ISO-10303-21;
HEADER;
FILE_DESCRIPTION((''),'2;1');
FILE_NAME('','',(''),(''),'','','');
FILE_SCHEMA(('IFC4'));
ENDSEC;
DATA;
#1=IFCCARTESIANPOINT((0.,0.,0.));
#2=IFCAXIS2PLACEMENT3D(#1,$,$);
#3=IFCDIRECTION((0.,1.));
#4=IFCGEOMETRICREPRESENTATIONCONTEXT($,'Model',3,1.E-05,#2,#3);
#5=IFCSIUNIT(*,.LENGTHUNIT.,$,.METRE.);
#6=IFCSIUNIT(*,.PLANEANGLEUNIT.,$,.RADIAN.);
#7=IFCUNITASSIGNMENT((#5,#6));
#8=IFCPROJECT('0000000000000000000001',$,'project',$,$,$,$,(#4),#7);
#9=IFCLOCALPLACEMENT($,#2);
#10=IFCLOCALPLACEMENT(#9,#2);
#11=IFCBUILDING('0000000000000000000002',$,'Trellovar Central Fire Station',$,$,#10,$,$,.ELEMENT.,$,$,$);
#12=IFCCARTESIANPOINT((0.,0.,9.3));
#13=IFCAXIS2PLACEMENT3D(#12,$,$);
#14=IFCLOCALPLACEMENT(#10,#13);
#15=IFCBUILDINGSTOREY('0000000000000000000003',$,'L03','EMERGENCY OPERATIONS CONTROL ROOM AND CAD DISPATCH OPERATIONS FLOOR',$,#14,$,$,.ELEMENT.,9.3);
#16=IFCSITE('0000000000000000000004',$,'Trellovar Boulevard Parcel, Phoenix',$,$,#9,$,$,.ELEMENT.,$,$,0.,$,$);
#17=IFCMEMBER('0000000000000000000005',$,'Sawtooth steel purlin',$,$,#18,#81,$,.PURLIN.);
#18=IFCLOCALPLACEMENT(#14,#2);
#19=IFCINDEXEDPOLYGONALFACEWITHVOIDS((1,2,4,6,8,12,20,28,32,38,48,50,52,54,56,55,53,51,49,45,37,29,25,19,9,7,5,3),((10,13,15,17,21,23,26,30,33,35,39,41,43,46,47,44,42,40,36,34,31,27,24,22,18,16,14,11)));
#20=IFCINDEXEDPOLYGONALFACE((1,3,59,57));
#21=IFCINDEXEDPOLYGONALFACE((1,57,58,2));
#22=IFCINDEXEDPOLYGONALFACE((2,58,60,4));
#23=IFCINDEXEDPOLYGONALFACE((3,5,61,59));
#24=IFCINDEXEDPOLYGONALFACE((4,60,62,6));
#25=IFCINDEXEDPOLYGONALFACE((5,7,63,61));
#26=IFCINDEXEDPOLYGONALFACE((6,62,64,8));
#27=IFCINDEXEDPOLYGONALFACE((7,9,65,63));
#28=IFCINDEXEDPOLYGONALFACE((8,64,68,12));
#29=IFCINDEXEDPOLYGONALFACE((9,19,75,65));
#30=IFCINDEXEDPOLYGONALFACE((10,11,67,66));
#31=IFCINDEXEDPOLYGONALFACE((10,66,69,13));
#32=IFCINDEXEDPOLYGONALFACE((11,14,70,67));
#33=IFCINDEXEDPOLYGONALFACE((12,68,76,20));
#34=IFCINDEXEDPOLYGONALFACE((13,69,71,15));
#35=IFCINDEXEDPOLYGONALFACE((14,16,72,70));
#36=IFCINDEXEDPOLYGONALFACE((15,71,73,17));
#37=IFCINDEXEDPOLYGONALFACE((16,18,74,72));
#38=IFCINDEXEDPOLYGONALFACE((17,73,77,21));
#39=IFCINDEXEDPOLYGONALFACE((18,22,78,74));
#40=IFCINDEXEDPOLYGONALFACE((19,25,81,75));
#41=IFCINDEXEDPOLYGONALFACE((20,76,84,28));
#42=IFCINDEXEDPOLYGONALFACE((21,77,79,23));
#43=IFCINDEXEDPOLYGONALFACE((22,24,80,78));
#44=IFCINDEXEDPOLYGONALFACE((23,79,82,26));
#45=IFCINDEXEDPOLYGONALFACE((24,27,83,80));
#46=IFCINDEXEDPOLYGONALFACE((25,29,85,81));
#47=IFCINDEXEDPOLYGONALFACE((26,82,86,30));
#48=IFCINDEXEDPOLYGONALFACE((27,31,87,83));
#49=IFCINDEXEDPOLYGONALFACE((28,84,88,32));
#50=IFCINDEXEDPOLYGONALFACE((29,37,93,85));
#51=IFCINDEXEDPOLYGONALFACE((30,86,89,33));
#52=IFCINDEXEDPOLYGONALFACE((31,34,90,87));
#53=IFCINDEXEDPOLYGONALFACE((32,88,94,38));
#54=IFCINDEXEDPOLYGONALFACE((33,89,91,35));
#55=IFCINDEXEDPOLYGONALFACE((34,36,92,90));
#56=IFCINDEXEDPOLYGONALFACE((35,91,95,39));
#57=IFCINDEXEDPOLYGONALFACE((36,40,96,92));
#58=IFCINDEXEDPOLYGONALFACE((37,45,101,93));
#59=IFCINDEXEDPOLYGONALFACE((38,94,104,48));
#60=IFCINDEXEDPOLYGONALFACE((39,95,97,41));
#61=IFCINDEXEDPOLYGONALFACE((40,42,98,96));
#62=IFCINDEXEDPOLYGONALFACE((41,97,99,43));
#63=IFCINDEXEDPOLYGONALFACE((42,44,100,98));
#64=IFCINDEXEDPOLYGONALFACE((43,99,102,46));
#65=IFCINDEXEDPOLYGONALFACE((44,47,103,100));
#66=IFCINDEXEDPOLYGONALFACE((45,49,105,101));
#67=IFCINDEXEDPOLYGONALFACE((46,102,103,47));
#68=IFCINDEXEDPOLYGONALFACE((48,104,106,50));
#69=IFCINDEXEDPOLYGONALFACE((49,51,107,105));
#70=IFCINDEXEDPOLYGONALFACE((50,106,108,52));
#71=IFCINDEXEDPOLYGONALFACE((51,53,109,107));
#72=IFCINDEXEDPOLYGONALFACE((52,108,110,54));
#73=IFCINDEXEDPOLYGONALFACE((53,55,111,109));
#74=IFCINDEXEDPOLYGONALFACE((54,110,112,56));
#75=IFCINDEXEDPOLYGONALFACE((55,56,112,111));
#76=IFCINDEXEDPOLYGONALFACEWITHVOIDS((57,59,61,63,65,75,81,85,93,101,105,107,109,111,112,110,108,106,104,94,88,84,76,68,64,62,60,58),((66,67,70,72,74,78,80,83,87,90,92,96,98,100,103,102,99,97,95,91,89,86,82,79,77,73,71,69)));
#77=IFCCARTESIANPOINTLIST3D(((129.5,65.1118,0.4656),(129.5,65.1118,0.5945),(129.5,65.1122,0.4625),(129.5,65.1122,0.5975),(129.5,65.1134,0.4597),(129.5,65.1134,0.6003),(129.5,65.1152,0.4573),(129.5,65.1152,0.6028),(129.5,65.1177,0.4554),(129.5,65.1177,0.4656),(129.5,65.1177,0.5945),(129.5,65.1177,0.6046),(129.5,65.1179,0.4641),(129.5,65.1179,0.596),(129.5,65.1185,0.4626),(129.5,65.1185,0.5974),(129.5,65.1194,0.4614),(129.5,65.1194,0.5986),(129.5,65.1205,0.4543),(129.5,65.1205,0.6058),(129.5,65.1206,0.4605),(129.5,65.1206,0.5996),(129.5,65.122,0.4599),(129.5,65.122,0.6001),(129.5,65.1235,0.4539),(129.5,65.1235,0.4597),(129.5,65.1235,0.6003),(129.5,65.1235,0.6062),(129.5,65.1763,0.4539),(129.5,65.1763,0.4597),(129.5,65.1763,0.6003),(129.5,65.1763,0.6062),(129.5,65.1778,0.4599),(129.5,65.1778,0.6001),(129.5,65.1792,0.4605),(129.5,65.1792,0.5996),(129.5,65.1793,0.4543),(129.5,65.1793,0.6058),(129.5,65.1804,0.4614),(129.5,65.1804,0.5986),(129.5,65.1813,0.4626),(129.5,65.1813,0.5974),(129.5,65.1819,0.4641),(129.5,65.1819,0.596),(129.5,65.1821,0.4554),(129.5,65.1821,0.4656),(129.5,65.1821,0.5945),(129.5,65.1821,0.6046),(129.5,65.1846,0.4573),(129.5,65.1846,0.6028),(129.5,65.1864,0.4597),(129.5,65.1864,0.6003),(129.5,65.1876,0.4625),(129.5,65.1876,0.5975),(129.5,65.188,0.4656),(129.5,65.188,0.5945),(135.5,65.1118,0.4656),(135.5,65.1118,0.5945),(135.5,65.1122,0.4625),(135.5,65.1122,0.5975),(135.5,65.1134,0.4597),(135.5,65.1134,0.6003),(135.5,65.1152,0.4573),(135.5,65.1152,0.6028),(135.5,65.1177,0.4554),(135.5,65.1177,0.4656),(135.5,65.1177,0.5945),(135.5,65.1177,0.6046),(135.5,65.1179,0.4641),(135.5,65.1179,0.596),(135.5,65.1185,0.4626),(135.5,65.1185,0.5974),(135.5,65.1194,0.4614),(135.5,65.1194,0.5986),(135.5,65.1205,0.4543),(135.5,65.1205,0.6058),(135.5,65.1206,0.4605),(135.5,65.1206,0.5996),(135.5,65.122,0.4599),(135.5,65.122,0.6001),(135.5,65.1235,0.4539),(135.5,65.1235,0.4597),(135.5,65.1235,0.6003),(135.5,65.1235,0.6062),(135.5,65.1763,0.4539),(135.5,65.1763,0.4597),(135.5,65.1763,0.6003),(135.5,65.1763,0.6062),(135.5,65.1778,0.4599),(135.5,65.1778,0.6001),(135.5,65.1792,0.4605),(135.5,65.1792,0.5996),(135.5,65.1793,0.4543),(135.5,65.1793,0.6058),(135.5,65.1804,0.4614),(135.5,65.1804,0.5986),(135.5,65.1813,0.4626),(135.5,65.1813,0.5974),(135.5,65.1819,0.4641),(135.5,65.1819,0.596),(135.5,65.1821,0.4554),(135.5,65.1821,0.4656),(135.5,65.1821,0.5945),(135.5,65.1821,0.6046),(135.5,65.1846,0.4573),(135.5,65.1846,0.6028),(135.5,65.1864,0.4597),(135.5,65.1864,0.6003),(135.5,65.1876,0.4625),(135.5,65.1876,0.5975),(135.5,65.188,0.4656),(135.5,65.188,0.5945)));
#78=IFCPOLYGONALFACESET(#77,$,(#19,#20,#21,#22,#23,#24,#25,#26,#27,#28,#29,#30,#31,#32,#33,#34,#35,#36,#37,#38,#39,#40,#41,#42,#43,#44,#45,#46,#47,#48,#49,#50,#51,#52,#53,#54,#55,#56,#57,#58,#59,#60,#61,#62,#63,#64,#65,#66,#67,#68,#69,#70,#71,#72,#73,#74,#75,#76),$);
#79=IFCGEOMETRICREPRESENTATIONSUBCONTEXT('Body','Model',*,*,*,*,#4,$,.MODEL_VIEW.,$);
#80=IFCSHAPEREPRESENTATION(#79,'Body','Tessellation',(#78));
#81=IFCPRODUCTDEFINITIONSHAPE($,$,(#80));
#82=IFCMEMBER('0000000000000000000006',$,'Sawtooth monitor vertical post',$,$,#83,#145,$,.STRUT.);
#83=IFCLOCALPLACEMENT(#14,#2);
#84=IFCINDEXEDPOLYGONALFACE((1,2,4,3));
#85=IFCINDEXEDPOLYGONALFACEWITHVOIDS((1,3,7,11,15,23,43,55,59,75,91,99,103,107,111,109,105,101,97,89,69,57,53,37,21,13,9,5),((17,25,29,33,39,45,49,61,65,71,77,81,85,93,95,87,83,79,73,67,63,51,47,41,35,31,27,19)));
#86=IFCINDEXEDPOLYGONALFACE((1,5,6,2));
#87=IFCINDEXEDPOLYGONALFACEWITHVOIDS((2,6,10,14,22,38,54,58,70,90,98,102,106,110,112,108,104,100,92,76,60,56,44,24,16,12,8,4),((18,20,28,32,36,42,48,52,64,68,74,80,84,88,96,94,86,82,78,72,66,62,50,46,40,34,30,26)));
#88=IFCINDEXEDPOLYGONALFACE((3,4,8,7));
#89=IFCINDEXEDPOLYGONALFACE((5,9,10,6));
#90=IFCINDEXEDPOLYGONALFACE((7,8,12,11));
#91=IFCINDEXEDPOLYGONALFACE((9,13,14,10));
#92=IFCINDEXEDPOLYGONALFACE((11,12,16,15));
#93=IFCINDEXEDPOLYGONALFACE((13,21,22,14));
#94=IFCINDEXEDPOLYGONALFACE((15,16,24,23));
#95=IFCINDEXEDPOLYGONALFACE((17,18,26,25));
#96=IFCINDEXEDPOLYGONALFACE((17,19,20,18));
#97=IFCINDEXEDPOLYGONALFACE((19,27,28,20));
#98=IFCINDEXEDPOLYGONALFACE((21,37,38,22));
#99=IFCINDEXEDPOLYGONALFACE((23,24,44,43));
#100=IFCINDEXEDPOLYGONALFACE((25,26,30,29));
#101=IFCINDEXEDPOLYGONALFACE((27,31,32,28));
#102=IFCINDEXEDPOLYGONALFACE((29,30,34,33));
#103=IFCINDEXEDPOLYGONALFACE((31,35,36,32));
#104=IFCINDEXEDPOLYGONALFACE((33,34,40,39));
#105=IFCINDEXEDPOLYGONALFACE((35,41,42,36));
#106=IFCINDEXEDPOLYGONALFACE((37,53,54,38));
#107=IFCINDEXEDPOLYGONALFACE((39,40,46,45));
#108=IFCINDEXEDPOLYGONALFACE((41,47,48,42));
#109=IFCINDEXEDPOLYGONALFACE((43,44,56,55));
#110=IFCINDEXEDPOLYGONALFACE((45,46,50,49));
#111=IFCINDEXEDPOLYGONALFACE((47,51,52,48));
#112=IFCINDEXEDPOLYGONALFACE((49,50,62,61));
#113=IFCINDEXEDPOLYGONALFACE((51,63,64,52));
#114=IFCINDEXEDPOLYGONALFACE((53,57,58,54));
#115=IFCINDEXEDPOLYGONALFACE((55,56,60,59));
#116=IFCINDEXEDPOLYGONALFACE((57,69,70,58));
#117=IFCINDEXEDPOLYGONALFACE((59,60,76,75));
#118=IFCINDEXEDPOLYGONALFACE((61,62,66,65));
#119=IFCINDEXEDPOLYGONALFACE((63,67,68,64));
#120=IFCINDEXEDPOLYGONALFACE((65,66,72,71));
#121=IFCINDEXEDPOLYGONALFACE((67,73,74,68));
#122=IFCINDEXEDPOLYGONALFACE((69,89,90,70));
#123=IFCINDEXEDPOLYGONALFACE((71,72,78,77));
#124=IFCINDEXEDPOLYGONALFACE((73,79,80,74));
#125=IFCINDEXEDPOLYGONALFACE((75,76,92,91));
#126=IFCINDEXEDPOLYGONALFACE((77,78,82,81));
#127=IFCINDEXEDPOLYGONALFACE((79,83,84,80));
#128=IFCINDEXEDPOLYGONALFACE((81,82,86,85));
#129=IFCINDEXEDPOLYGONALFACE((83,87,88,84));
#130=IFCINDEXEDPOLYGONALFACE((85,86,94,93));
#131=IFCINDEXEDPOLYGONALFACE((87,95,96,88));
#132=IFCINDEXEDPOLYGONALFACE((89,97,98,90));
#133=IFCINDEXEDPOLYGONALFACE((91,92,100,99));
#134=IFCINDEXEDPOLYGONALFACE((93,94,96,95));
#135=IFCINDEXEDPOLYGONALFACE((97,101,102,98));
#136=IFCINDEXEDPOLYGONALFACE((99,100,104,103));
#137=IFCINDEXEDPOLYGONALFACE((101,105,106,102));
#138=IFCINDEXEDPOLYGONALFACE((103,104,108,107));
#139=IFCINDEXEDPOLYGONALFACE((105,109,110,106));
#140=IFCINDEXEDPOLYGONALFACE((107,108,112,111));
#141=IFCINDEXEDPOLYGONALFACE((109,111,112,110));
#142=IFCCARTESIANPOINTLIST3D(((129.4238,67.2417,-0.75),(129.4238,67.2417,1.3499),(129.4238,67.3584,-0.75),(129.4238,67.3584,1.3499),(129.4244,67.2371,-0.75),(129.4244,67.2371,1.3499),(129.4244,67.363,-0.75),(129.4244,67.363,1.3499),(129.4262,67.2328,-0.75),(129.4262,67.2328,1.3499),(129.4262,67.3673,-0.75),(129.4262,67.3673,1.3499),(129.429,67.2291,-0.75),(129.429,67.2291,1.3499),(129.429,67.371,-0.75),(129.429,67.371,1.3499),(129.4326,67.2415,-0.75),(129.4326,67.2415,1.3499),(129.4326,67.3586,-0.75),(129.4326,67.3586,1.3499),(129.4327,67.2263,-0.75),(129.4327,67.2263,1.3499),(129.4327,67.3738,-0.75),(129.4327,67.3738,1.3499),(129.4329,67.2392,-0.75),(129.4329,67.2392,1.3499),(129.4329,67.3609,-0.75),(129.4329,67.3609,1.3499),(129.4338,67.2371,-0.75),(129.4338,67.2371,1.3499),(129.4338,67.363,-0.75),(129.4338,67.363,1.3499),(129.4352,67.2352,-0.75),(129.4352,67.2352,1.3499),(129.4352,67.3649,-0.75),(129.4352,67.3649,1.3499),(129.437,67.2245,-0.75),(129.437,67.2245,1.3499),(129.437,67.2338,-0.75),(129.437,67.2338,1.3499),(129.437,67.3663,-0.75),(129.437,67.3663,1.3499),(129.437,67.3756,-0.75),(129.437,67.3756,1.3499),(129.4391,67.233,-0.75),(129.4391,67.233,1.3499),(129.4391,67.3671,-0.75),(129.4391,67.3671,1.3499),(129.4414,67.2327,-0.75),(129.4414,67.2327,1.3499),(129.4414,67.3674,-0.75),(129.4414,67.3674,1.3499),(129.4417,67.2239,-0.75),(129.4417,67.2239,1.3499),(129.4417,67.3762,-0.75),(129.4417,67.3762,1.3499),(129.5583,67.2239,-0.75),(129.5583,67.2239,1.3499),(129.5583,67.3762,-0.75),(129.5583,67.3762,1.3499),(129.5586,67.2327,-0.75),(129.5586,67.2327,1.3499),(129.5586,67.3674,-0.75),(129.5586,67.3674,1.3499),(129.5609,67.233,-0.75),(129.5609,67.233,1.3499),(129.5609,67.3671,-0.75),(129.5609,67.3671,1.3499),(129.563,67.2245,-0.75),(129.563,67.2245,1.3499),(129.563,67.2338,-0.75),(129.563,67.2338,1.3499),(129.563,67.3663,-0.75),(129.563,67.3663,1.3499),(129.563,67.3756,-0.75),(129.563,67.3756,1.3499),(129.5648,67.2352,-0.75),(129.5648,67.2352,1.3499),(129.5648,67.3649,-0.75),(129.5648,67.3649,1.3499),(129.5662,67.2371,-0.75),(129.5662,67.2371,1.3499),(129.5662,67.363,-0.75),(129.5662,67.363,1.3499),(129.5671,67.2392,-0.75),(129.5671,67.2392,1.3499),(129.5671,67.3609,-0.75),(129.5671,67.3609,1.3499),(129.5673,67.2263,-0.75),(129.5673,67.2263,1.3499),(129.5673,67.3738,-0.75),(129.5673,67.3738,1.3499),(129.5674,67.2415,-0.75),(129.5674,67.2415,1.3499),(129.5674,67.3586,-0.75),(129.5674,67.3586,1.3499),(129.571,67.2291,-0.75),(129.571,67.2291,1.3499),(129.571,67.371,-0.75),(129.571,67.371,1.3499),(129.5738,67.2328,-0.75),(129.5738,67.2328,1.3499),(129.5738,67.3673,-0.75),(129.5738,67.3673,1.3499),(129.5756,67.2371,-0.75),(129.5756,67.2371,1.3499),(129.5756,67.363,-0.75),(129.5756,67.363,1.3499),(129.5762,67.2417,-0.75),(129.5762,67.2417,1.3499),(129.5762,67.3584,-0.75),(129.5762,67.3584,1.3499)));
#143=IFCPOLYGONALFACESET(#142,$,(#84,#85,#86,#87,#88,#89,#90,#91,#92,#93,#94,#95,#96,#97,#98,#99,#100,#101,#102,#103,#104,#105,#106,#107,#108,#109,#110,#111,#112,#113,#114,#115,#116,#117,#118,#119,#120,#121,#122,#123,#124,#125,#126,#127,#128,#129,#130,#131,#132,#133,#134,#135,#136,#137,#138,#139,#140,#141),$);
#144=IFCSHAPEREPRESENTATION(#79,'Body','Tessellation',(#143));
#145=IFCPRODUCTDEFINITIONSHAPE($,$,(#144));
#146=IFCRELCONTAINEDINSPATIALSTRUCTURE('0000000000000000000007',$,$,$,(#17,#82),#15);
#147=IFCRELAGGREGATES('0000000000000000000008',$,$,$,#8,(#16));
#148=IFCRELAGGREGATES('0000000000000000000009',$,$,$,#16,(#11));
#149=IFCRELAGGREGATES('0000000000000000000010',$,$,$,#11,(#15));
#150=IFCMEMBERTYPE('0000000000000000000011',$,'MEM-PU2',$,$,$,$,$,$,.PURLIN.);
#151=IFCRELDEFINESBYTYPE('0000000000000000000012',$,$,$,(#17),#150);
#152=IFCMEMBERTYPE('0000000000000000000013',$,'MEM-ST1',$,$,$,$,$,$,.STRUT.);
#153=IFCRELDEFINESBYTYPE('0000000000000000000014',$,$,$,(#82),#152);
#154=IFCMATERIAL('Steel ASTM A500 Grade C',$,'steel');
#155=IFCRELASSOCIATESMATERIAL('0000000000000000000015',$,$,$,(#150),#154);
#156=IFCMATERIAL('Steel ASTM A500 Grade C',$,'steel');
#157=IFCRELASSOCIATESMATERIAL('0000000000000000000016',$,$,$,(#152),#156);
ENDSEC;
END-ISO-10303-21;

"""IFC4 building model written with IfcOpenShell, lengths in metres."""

from ifc_helpers import new_model, si_unit, direction, frame, origin, origin_2d, place, context, subcontext, project, spatial, hollow_rectangle, extrude, material, material_profile, profile_set, type_object, element, save


model = new_model("IFC4")

# Units and contexts
model_context = context("Model", 3, precision=1e-05, world=origin(), true_north=direction((0.0, 1.0)))
body_context = subcontext(model_context, "Body", "Model", "MODEL_VIEW")
ifc_project = project(units=[si_unit("LENGTHUNIT", "METRE"), si_unit("PLANEANGLEUNIT", "RADIAN")], contexts=[model_context])

# Site, building, storey
site_placement = place(None, origin())
site = spatial("IfcSite", under=ifc_project, at=site_placement, Name="Trellovar Boulevard Parcel, Phoenix", CompositionType="ELEMENT", RefElevation=0.0)
building_placement = place(site_placement, origin())
building = spatial("IfcBuilding", under=site, at=building_placement, Name="Trellovar Central Fire Station", CompositionType="ELEMENT")
storey_placement = place(building_placement, frame((0.0, 0.0, 9.3)))
storey = spatial("IfcBuildingStorey", under=building, at=storey_placement, Name="L03", Description="EMERGENCY OPERATIONS CONTROL ROOM AND CAD DISPATCH OPERATIONS FLOOR", CompositionType="ELEMENT", Elevation=9.3)

# Members
ifc_material_1 = material(Name="Steel ASTM A500 Grade C", Category="steel")
ifc_material_profile_1 = material_profile(ifc_material_1, hollow_rectangle(XDim=0.0762, YDim=0.1523, WallThickness=0.0059, InnerFilletRadius=0.0059, OuterFilletRadius=0.0117, at=origin_2d()), Name="HSS6X3X1/4")
ifc_profile_set_1 = profile_set([ifc_material_profile_1], Name="Steel ASTM A500 Grade C")
member_type_1 = type_object("IfcMemberType", Name="MEM-PU2", PredefinedType="PURLIN", material=ifc_profile_set_1)
member_1_placement = place(storey_placement, frame((129.5, 65.1499, 0.53), z_axis=(1.0, 0.0, 0.0), x_axis=(0.0, 1.0, 0.0)))
element("IfcMember", 1, at=member_1_placement, inside=storey, type_object=member_type_1, Name="Sawtooth steel purlin", PredefinedType="PURLIN", context=body_context, shape_type="SweptSolid", body=[
    extrude(hollow_rectangle(XDim=0.0762, YDim=0.1523, WallThickness=0.0059, InnerFilletRadius=0.0059, OuterFilletRadius=0.0117, at=origin_2d()), origin(), (0.0, 0.0, 1.0), 6.0),
])
ifc_material_2 = material(Name="Steel ASTM A500 Grade C", Category="steel")
ifc_material_profile_2 = material_profile(ifc_material_2, hollow_rectangle(XDim=0.1523, YDim=0.1523, WallThickness=0.0088, InnerFilletRadius=0.0088, OuterFilletRadius=0.0178, at=origin_2d()), Name="HSS6X6X3/8")
ifc_profile_set_2 = profile_set([ifc_material_profile_2], Name="Steel ASTM A500 Grade C")
member_type_2 = type_object("IfcMemberType", Name="MEM-ST1", PredefinedType="STRUT", material=ifc_profile_set_2)
for number, where, z_axis, x_axis, name in (
    (2, (129.5, 67.3, -0.75), (0.0, 0.0, 1.0), (1.0, 0.0, 0.0), "Sawtooth monitor vertical post"),
):
    element("IfcMember", number, at=place(storey_placement, frame(where, z_axis=z_axis, x_axis=x_axis)), inside=storey, type_object=member_type_2, Name=name, PredefinedType="STRUT", context=body_context, shape_type="SweptSolid", body=[
        extrude(hollow_rectangle(XDim=0.1523, YDim=0.1523, WallThickness=0.0088, InnerFilletRadius=0.0088, OuterFilletRadius=0.0178, at=origin_2d()), origin(), (0.0, 0.0, 1.0), 2.0999),
    ])

save(model, "model.ifc")
